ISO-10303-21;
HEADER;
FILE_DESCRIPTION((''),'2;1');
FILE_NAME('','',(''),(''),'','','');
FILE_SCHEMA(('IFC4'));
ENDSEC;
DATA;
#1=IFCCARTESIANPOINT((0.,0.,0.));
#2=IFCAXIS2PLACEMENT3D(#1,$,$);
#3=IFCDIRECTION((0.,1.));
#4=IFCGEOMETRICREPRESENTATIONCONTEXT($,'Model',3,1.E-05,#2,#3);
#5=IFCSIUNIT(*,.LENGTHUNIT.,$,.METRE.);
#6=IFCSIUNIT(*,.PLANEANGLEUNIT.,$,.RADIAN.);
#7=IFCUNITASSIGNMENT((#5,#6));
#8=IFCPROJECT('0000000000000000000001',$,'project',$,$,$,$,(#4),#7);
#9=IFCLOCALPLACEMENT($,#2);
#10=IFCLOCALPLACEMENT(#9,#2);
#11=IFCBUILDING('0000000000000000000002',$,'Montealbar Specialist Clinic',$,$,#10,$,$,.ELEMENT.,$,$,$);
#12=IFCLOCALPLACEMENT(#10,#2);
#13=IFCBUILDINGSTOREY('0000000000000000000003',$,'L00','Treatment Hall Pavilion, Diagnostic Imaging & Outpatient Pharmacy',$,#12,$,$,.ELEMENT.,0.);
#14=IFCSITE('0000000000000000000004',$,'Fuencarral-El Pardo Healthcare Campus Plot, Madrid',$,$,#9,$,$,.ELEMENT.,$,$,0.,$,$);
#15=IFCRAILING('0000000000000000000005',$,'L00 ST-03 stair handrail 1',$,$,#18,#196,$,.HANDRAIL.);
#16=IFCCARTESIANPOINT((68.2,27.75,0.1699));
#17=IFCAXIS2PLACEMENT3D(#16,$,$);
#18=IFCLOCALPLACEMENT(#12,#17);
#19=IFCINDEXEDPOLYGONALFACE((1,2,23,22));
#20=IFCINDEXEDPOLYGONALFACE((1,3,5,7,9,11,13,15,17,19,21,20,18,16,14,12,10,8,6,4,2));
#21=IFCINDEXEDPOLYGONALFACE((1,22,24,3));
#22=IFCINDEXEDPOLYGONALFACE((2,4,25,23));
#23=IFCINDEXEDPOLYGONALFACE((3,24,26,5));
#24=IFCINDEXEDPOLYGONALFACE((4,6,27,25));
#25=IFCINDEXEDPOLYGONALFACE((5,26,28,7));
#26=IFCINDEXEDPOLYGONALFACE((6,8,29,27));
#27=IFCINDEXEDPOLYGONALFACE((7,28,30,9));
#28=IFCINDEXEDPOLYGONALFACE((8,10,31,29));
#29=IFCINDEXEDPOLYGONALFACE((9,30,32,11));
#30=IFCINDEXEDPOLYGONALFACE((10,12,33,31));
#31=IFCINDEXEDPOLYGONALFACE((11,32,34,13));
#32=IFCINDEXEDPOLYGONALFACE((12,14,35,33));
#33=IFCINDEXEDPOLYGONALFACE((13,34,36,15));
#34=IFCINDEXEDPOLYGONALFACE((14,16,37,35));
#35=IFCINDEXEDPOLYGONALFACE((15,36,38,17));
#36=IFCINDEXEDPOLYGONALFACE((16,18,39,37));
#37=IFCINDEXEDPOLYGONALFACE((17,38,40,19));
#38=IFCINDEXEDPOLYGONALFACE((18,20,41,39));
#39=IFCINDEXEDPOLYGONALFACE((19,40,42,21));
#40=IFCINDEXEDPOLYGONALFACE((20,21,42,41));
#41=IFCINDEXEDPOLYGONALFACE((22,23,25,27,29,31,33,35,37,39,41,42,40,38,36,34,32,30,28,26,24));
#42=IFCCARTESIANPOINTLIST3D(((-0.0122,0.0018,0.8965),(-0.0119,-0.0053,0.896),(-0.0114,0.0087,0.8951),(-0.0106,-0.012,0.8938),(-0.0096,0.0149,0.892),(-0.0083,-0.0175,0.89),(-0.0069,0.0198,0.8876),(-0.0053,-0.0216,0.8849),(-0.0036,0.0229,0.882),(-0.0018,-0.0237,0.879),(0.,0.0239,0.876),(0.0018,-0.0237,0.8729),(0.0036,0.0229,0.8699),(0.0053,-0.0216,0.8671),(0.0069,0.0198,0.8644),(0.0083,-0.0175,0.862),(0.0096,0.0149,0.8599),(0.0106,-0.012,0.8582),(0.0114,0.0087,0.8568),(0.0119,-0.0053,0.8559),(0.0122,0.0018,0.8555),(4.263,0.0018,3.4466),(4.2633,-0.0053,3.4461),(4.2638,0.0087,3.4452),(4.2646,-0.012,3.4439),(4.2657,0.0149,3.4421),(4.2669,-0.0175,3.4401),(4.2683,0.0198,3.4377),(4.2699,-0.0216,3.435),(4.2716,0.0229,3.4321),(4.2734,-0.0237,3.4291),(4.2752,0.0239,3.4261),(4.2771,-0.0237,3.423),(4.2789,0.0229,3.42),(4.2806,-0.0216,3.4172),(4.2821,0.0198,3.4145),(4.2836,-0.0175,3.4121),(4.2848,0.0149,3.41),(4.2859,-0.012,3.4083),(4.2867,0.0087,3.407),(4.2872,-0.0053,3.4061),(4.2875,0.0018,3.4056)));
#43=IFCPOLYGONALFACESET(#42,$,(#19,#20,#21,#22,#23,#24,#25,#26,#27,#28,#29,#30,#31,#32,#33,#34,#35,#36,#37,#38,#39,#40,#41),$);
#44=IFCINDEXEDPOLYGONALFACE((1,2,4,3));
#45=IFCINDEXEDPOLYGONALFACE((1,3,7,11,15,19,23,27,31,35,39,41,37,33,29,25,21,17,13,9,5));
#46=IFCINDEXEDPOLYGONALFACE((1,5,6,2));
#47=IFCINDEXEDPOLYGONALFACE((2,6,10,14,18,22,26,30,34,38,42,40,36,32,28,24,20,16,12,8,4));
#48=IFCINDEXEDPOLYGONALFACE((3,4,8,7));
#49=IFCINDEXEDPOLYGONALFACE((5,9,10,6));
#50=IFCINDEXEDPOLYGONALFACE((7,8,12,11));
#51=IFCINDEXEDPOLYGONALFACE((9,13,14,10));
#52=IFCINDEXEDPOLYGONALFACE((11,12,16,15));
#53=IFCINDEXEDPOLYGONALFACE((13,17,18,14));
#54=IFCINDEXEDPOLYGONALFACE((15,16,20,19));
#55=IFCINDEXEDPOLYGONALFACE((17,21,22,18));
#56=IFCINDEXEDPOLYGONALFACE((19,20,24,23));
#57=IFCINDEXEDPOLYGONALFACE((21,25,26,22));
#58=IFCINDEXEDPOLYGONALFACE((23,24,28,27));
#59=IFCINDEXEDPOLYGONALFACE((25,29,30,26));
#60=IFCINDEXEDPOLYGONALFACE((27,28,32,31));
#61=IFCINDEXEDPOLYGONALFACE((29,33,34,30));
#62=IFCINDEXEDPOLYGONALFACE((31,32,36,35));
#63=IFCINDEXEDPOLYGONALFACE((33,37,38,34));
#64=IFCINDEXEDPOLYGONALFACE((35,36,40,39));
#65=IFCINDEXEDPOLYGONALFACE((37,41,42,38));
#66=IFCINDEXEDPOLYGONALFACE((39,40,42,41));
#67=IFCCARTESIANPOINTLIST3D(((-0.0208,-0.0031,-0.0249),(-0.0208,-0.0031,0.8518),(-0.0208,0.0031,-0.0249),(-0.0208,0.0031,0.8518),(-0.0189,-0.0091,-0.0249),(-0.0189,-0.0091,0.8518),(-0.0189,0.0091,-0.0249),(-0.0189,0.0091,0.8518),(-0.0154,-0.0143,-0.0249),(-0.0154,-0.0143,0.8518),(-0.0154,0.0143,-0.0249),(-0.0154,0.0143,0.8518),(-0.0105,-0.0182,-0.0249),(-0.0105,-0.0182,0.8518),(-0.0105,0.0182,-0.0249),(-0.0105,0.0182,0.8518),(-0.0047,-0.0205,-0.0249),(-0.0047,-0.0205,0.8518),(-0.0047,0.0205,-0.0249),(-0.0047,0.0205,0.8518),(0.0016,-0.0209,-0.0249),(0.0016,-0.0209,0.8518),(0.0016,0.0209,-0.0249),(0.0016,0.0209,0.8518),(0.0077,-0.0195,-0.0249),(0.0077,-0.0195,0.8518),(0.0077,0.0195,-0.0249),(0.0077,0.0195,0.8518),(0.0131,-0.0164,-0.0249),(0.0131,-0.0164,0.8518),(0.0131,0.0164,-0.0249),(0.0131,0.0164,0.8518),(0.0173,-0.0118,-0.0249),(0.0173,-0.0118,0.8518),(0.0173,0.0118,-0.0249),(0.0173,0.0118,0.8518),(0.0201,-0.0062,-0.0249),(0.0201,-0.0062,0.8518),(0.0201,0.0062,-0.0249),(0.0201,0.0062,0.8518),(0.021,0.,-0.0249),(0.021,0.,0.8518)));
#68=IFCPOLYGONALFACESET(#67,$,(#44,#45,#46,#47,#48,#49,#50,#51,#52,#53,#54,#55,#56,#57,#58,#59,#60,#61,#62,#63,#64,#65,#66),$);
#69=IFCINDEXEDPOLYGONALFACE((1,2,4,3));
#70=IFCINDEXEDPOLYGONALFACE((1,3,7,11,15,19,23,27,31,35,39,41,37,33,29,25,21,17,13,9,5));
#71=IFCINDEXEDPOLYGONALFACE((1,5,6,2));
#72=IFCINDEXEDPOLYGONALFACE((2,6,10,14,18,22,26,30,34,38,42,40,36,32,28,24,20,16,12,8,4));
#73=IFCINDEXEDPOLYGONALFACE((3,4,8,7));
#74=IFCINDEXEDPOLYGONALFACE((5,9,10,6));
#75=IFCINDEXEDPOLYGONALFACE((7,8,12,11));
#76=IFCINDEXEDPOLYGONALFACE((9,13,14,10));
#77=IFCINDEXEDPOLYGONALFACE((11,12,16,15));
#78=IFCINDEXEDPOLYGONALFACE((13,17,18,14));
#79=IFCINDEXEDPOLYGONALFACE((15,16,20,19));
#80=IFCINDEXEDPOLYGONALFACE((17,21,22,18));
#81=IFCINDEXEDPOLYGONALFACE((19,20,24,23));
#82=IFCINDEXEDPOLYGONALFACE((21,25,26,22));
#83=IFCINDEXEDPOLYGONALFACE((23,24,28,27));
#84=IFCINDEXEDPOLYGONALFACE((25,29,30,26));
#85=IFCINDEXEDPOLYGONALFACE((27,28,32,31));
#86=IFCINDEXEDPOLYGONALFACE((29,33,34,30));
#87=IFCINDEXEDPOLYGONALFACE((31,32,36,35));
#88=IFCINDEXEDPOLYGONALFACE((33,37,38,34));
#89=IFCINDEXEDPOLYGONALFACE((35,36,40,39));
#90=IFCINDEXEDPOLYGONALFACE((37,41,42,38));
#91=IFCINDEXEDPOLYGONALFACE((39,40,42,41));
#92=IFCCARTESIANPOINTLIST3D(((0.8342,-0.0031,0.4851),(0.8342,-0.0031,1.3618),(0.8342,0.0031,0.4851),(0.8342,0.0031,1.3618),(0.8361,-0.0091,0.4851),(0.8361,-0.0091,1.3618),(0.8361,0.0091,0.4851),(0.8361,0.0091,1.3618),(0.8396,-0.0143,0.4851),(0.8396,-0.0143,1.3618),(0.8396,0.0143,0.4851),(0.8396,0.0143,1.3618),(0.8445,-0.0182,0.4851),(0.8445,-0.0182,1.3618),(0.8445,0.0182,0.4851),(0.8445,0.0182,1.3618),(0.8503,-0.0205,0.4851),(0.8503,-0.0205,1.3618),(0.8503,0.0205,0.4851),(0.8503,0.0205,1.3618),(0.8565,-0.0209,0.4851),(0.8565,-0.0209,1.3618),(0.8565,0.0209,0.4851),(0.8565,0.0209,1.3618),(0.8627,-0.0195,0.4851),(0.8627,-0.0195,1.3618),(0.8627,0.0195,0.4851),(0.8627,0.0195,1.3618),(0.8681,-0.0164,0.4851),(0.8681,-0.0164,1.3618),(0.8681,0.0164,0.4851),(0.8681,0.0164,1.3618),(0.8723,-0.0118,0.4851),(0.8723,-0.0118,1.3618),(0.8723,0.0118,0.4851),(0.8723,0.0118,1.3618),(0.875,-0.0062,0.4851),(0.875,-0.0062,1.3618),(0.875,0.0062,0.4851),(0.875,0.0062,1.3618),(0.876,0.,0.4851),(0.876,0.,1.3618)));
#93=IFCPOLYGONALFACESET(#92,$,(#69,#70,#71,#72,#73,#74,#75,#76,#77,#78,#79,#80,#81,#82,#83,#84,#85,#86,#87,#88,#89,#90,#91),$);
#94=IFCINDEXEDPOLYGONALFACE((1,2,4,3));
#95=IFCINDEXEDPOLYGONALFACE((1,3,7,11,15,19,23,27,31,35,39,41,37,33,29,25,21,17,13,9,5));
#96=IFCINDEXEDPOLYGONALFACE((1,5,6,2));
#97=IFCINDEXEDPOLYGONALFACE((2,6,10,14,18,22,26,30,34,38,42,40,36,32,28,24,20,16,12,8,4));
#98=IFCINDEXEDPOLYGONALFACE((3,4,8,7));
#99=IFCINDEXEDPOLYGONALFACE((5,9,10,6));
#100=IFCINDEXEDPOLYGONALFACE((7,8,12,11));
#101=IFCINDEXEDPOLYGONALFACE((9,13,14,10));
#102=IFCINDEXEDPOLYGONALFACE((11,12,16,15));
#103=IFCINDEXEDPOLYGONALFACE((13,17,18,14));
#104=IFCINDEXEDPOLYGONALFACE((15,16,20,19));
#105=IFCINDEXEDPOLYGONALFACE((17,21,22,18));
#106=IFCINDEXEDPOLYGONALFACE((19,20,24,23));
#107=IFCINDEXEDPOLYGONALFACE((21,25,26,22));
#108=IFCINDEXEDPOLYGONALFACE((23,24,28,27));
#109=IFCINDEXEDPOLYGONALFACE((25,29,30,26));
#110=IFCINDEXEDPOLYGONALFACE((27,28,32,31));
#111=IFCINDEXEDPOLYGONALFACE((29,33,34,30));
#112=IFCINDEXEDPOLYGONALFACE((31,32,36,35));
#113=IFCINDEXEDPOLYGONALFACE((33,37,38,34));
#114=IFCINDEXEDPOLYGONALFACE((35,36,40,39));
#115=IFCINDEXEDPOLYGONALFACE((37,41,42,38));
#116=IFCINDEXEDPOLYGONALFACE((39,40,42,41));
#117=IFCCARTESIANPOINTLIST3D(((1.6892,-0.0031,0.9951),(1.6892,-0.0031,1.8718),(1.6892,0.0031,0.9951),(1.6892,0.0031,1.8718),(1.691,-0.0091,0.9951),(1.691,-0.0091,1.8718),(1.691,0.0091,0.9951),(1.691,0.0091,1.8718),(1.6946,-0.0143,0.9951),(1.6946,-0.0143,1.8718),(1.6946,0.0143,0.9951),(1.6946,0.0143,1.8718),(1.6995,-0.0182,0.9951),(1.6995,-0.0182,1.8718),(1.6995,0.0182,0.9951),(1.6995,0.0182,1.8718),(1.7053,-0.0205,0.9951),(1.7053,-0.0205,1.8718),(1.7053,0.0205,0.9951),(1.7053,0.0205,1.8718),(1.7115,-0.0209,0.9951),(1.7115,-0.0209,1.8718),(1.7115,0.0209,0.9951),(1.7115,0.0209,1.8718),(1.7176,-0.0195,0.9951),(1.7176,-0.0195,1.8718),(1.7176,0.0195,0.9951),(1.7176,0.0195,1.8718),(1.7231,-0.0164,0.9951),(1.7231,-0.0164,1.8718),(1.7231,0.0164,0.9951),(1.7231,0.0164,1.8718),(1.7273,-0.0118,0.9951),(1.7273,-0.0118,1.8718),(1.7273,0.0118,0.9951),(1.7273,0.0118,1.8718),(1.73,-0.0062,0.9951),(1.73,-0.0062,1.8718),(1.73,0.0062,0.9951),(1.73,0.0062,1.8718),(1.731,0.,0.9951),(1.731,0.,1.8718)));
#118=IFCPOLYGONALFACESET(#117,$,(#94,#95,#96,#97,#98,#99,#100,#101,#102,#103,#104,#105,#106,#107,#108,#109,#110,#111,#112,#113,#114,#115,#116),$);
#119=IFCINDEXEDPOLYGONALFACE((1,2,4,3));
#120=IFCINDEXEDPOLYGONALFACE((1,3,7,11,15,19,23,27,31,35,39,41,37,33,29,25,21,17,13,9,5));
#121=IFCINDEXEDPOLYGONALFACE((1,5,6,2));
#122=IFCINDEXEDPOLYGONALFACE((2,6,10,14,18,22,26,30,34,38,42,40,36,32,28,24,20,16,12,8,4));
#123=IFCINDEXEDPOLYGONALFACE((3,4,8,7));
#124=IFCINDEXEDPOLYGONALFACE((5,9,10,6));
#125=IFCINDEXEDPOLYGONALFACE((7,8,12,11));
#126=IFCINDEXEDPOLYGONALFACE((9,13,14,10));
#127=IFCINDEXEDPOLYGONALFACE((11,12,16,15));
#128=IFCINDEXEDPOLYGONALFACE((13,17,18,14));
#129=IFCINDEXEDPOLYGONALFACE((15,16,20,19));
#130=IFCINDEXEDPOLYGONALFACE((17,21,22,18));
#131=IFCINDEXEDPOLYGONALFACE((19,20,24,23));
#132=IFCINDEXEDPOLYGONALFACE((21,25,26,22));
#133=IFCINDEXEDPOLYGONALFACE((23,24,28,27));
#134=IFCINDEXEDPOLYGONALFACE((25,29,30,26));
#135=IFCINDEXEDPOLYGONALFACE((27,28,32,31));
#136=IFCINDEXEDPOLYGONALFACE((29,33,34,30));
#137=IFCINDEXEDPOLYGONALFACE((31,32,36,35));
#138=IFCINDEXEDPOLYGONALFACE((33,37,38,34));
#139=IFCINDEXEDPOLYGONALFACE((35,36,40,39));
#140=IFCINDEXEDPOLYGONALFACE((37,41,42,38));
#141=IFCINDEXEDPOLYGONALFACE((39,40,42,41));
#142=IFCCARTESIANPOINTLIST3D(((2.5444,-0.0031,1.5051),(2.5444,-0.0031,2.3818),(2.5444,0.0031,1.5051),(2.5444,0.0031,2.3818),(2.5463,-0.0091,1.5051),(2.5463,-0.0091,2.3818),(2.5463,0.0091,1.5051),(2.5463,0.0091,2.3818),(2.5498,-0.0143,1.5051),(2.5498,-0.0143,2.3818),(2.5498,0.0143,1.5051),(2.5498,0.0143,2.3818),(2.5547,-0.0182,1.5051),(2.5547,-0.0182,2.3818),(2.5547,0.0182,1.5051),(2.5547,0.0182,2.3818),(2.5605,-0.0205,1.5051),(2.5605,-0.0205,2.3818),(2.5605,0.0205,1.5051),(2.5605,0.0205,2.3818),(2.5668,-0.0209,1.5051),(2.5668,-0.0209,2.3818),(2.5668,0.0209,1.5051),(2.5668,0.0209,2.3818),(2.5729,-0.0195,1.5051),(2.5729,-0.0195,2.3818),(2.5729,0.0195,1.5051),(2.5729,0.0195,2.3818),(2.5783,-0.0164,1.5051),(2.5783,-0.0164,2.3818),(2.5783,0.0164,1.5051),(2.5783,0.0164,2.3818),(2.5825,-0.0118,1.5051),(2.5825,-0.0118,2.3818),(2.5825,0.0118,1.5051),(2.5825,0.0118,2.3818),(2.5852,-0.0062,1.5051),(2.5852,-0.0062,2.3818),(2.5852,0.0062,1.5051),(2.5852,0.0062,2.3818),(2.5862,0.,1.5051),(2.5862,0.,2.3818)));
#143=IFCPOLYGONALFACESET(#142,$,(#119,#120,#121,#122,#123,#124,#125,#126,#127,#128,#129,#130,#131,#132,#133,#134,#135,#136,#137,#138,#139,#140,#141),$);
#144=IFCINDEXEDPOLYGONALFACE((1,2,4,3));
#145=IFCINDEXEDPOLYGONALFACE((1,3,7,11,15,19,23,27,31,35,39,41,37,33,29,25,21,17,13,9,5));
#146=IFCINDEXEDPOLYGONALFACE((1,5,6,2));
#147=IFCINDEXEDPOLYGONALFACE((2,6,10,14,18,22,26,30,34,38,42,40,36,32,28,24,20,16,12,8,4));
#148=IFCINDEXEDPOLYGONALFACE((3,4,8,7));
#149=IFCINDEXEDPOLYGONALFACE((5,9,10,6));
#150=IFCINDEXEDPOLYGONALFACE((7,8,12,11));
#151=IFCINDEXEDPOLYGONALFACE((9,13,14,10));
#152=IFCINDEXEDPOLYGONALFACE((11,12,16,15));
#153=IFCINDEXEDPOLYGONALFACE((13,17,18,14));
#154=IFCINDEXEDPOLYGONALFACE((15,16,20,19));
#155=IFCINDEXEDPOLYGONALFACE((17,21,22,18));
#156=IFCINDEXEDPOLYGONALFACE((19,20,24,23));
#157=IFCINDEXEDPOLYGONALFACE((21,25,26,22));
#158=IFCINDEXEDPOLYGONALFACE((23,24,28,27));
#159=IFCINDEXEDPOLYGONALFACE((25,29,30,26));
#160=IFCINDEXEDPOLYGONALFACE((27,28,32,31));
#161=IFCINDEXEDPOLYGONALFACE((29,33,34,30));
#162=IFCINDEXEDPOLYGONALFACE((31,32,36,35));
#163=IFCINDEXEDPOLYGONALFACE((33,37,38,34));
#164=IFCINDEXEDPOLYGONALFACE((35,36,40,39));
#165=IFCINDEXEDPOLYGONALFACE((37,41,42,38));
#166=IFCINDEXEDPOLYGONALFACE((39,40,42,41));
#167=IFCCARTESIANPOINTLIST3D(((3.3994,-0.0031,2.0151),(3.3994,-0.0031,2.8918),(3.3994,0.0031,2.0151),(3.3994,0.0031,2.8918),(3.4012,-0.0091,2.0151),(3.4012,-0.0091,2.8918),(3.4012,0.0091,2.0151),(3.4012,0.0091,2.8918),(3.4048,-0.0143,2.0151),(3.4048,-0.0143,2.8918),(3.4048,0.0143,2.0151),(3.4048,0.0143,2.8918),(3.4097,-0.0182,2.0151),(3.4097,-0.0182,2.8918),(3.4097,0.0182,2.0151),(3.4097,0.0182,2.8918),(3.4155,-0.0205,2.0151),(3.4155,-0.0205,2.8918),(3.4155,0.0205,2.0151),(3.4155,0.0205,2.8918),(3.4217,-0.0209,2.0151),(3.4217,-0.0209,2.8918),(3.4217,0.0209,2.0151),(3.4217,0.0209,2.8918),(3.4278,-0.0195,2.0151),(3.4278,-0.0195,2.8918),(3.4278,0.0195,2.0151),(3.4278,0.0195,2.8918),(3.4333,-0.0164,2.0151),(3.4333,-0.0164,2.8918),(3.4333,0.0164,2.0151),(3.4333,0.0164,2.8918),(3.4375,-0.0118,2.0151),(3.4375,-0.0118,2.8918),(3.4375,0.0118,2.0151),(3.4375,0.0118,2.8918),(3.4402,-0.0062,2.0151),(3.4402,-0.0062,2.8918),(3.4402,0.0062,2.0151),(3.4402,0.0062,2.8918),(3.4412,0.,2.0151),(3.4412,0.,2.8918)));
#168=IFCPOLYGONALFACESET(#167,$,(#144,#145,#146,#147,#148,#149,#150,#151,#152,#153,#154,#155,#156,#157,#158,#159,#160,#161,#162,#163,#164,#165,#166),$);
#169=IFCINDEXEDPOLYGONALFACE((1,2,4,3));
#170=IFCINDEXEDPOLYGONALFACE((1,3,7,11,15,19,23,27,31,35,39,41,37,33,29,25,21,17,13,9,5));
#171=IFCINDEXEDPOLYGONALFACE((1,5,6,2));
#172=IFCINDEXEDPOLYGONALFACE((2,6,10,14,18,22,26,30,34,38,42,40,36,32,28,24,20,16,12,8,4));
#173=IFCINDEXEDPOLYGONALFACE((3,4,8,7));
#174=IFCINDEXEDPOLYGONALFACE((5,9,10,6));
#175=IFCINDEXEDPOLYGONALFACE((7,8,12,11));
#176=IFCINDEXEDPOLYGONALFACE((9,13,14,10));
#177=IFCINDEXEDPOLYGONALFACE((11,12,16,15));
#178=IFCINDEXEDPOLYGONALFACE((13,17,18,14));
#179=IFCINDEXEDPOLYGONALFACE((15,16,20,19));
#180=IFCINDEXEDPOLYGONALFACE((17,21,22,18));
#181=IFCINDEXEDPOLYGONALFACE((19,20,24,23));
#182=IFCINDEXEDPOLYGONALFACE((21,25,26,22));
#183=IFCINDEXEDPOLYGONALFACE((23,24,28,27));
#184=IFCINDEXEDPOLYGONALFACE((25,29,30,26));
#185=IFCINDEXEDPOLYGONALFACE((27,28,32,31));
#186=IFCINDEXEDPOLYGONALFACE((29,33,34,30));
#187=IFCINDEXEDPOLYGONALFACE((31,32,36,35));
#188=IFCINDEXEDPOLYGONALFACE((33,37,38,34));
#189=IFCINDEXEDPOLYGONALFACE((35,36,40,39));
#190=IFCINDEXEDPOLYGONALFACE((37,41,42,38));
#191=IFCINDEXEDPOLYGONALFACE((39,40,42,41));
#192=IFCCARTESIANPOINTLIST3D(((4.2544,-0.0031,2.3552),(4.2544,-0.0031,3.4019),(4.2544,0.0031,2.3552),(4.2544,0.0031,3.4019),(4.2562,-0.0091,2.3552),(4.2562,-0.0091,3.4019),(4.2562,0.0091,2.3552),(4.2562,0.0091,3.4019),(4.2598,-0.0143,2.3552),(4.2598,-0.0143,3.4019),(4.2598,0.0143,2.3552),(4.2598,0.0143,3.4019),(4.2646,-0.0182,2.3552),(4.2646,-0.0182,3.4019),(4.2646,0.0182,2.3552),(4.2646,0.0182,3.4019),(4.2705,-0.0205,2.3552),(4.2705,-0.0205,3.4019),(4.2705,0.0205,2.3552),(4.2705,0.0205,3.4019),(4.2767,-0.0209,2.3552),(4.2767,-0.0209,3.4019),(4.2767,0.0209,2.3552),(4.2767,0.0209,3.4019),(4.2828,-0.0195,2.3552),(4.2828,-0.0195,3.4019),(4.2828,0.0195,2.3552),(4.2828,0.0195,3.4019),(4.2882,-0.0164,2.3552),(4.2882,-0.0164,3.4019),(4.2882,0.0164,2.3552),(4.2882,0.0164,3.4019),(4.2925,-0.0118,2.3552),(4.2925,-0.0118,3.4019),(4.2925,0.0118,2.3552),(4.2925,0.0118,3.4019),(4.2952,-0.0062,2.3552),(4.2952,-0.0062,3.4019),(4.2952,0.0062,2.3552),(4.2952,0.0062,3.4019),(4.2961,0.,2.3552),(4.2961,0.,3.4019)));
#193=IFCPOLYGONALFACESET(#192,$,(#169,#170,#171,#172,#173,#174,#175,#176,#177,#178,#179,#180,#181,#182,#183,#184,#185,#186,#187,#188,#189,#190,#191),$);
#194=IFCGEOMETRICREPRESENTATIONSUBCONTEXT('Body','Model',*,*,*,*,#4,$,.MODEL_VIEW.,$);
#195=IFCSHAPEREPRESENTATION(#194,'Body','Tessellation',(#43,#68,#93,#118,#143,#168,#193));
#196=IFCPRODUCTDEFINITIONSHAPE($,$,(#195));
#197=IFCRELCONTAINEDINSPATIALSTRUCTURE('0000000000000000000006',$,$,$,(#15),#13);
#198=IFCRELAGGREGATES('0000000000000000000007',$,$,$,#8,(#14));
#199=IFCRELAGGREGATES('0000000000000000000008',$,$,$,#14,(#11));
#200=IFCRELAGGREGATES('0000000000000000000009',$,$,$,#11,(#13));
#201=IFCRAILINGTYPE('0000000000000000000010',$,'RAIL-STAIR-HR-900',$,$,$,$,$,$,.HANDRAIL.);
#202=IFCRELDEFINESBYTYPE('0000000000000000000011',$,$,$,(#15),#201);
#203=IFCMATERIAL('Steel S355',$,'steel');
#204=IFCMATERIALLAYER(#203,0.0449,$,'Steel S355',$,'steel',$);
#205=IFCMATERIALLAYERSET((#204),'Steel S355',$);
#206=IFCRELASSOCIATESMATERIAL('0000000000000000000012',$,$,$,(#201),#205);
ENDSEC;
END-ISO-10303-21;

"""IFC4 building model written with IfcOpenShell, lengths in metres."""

from ifc_helpers import new_model, si_unit, direction, frame, origin, origin_2d, place, context, subcontext, project, spatial, circle, extrude, material, layer, layer_set, type_object, element, save


model = new_model("IFC4")

# Units and contexts
model_context = context("Model", 3, precision=1e-05, world=origin(), true_north=direction((0.0, 1.0)))
body_context = subcontext(model_context, "Body", "Model", "MODEL_VIEW")
ifc_project = project(units=[si_unit("LENGTHUNIT", "METRE"), si_unit("PLANEANGLEUNIT", "RADIAN")], contexts=[model_context])

# Site, building, storey
site_placement = place(None, origin())
site = spatial("IfcSite", under=ifc_project, at=site_placement, Name="Fuencarral-El Pardo Healthcare Campus Plot, Madrid", CompositionType="ELEMENT", RefElevation=0.0)
building_placement = place(site_placement, origin())
building = spatial("IfcBuilding", under=site, at=building_placement, Name="Montealbar Specialist Clinic", CompositionType="ELEMENT")
storey_placement = place(building_placement, origin())
storey = spatial("IfcBuildingStorey", under=building, at=storey_placement, Name="L00", Description="Treatment Hall Pavilion, Diagnostic Imaging & Outpatient Pharmacy", CompositionType="ELEMENT", Elevation=0.0)

# Shared definitions
ifc_material_1 = material(Name="Steel S355", Category="steel")

# Railing
ifc_layer_1 = layer(ifc_material_1, 0.0449, Name="Steel S355", Category="steel")
ifc_layer_set_1 = layer_set([ifc_layer_1], Name="Steel S355")
railing_type_1 = type_object("IfcRailingType", Name="RAIL-STAIR-HR-900", PredefinedType="HANDRAIL", material=ifc_layer_set_1)
railing_1_placement = place(storey_placement, frame((68.2, 27.75, 0.1699)))
element("IfcRailing", 1, at=railing_1_placement, inside=storey, type_object=railing_type_1, Name="L00 ST-03 stair handrail 1", PredefinedType="HANDRAIL", context=body_context, shape_type="SweptSolid", body=[
    extrude(circle(Radius=0.0239, at=origin_2d()), frame((0.0, 0.0, 0.876), z_axis=(0.858823, 0.0, 0.512273), x_axis=(0.0, 1.0, 0.0)), (0.0, 0.0, 1.0), 4.978),
    extrude(circle(Radius=0.021, at=origin_2d()), frame((0.0, 0.0, -0.0249)), (0.0, 0.0, 1.0), 0.8767),
    extrude(circle(Radius=0.021, at=origin_2d()), frame((0.855, 0.0, 0.4851)), (0.0, 0.0, 1.0), 0.8767),
    extrude(circle(Radius=0.021, at=origin_2d()), frame((1.71, 0.0, 0.9951)), (0.0, 0.0, 1.0), 0.8767),
    extrude(circle(Radius=0.021, at=origin_2d()), frame((2.5652, 0.0, 1.5051)), (0.0, 0.0, 1.0), 0.8767),
    extrude(circle(Radius=0.021, at=origin_2d()), frame((3.4202, 0.0, 2.0151)), (0.0, 0.0, 1.0), 0.8767),
    extrude(circle(Radius=0.021, at=origin_2d()), frame((4.2751, 0.0, 2.3552)), (0.0, 0.0, 1.0), 1.0466),
])

save(model, "model.ifc")
